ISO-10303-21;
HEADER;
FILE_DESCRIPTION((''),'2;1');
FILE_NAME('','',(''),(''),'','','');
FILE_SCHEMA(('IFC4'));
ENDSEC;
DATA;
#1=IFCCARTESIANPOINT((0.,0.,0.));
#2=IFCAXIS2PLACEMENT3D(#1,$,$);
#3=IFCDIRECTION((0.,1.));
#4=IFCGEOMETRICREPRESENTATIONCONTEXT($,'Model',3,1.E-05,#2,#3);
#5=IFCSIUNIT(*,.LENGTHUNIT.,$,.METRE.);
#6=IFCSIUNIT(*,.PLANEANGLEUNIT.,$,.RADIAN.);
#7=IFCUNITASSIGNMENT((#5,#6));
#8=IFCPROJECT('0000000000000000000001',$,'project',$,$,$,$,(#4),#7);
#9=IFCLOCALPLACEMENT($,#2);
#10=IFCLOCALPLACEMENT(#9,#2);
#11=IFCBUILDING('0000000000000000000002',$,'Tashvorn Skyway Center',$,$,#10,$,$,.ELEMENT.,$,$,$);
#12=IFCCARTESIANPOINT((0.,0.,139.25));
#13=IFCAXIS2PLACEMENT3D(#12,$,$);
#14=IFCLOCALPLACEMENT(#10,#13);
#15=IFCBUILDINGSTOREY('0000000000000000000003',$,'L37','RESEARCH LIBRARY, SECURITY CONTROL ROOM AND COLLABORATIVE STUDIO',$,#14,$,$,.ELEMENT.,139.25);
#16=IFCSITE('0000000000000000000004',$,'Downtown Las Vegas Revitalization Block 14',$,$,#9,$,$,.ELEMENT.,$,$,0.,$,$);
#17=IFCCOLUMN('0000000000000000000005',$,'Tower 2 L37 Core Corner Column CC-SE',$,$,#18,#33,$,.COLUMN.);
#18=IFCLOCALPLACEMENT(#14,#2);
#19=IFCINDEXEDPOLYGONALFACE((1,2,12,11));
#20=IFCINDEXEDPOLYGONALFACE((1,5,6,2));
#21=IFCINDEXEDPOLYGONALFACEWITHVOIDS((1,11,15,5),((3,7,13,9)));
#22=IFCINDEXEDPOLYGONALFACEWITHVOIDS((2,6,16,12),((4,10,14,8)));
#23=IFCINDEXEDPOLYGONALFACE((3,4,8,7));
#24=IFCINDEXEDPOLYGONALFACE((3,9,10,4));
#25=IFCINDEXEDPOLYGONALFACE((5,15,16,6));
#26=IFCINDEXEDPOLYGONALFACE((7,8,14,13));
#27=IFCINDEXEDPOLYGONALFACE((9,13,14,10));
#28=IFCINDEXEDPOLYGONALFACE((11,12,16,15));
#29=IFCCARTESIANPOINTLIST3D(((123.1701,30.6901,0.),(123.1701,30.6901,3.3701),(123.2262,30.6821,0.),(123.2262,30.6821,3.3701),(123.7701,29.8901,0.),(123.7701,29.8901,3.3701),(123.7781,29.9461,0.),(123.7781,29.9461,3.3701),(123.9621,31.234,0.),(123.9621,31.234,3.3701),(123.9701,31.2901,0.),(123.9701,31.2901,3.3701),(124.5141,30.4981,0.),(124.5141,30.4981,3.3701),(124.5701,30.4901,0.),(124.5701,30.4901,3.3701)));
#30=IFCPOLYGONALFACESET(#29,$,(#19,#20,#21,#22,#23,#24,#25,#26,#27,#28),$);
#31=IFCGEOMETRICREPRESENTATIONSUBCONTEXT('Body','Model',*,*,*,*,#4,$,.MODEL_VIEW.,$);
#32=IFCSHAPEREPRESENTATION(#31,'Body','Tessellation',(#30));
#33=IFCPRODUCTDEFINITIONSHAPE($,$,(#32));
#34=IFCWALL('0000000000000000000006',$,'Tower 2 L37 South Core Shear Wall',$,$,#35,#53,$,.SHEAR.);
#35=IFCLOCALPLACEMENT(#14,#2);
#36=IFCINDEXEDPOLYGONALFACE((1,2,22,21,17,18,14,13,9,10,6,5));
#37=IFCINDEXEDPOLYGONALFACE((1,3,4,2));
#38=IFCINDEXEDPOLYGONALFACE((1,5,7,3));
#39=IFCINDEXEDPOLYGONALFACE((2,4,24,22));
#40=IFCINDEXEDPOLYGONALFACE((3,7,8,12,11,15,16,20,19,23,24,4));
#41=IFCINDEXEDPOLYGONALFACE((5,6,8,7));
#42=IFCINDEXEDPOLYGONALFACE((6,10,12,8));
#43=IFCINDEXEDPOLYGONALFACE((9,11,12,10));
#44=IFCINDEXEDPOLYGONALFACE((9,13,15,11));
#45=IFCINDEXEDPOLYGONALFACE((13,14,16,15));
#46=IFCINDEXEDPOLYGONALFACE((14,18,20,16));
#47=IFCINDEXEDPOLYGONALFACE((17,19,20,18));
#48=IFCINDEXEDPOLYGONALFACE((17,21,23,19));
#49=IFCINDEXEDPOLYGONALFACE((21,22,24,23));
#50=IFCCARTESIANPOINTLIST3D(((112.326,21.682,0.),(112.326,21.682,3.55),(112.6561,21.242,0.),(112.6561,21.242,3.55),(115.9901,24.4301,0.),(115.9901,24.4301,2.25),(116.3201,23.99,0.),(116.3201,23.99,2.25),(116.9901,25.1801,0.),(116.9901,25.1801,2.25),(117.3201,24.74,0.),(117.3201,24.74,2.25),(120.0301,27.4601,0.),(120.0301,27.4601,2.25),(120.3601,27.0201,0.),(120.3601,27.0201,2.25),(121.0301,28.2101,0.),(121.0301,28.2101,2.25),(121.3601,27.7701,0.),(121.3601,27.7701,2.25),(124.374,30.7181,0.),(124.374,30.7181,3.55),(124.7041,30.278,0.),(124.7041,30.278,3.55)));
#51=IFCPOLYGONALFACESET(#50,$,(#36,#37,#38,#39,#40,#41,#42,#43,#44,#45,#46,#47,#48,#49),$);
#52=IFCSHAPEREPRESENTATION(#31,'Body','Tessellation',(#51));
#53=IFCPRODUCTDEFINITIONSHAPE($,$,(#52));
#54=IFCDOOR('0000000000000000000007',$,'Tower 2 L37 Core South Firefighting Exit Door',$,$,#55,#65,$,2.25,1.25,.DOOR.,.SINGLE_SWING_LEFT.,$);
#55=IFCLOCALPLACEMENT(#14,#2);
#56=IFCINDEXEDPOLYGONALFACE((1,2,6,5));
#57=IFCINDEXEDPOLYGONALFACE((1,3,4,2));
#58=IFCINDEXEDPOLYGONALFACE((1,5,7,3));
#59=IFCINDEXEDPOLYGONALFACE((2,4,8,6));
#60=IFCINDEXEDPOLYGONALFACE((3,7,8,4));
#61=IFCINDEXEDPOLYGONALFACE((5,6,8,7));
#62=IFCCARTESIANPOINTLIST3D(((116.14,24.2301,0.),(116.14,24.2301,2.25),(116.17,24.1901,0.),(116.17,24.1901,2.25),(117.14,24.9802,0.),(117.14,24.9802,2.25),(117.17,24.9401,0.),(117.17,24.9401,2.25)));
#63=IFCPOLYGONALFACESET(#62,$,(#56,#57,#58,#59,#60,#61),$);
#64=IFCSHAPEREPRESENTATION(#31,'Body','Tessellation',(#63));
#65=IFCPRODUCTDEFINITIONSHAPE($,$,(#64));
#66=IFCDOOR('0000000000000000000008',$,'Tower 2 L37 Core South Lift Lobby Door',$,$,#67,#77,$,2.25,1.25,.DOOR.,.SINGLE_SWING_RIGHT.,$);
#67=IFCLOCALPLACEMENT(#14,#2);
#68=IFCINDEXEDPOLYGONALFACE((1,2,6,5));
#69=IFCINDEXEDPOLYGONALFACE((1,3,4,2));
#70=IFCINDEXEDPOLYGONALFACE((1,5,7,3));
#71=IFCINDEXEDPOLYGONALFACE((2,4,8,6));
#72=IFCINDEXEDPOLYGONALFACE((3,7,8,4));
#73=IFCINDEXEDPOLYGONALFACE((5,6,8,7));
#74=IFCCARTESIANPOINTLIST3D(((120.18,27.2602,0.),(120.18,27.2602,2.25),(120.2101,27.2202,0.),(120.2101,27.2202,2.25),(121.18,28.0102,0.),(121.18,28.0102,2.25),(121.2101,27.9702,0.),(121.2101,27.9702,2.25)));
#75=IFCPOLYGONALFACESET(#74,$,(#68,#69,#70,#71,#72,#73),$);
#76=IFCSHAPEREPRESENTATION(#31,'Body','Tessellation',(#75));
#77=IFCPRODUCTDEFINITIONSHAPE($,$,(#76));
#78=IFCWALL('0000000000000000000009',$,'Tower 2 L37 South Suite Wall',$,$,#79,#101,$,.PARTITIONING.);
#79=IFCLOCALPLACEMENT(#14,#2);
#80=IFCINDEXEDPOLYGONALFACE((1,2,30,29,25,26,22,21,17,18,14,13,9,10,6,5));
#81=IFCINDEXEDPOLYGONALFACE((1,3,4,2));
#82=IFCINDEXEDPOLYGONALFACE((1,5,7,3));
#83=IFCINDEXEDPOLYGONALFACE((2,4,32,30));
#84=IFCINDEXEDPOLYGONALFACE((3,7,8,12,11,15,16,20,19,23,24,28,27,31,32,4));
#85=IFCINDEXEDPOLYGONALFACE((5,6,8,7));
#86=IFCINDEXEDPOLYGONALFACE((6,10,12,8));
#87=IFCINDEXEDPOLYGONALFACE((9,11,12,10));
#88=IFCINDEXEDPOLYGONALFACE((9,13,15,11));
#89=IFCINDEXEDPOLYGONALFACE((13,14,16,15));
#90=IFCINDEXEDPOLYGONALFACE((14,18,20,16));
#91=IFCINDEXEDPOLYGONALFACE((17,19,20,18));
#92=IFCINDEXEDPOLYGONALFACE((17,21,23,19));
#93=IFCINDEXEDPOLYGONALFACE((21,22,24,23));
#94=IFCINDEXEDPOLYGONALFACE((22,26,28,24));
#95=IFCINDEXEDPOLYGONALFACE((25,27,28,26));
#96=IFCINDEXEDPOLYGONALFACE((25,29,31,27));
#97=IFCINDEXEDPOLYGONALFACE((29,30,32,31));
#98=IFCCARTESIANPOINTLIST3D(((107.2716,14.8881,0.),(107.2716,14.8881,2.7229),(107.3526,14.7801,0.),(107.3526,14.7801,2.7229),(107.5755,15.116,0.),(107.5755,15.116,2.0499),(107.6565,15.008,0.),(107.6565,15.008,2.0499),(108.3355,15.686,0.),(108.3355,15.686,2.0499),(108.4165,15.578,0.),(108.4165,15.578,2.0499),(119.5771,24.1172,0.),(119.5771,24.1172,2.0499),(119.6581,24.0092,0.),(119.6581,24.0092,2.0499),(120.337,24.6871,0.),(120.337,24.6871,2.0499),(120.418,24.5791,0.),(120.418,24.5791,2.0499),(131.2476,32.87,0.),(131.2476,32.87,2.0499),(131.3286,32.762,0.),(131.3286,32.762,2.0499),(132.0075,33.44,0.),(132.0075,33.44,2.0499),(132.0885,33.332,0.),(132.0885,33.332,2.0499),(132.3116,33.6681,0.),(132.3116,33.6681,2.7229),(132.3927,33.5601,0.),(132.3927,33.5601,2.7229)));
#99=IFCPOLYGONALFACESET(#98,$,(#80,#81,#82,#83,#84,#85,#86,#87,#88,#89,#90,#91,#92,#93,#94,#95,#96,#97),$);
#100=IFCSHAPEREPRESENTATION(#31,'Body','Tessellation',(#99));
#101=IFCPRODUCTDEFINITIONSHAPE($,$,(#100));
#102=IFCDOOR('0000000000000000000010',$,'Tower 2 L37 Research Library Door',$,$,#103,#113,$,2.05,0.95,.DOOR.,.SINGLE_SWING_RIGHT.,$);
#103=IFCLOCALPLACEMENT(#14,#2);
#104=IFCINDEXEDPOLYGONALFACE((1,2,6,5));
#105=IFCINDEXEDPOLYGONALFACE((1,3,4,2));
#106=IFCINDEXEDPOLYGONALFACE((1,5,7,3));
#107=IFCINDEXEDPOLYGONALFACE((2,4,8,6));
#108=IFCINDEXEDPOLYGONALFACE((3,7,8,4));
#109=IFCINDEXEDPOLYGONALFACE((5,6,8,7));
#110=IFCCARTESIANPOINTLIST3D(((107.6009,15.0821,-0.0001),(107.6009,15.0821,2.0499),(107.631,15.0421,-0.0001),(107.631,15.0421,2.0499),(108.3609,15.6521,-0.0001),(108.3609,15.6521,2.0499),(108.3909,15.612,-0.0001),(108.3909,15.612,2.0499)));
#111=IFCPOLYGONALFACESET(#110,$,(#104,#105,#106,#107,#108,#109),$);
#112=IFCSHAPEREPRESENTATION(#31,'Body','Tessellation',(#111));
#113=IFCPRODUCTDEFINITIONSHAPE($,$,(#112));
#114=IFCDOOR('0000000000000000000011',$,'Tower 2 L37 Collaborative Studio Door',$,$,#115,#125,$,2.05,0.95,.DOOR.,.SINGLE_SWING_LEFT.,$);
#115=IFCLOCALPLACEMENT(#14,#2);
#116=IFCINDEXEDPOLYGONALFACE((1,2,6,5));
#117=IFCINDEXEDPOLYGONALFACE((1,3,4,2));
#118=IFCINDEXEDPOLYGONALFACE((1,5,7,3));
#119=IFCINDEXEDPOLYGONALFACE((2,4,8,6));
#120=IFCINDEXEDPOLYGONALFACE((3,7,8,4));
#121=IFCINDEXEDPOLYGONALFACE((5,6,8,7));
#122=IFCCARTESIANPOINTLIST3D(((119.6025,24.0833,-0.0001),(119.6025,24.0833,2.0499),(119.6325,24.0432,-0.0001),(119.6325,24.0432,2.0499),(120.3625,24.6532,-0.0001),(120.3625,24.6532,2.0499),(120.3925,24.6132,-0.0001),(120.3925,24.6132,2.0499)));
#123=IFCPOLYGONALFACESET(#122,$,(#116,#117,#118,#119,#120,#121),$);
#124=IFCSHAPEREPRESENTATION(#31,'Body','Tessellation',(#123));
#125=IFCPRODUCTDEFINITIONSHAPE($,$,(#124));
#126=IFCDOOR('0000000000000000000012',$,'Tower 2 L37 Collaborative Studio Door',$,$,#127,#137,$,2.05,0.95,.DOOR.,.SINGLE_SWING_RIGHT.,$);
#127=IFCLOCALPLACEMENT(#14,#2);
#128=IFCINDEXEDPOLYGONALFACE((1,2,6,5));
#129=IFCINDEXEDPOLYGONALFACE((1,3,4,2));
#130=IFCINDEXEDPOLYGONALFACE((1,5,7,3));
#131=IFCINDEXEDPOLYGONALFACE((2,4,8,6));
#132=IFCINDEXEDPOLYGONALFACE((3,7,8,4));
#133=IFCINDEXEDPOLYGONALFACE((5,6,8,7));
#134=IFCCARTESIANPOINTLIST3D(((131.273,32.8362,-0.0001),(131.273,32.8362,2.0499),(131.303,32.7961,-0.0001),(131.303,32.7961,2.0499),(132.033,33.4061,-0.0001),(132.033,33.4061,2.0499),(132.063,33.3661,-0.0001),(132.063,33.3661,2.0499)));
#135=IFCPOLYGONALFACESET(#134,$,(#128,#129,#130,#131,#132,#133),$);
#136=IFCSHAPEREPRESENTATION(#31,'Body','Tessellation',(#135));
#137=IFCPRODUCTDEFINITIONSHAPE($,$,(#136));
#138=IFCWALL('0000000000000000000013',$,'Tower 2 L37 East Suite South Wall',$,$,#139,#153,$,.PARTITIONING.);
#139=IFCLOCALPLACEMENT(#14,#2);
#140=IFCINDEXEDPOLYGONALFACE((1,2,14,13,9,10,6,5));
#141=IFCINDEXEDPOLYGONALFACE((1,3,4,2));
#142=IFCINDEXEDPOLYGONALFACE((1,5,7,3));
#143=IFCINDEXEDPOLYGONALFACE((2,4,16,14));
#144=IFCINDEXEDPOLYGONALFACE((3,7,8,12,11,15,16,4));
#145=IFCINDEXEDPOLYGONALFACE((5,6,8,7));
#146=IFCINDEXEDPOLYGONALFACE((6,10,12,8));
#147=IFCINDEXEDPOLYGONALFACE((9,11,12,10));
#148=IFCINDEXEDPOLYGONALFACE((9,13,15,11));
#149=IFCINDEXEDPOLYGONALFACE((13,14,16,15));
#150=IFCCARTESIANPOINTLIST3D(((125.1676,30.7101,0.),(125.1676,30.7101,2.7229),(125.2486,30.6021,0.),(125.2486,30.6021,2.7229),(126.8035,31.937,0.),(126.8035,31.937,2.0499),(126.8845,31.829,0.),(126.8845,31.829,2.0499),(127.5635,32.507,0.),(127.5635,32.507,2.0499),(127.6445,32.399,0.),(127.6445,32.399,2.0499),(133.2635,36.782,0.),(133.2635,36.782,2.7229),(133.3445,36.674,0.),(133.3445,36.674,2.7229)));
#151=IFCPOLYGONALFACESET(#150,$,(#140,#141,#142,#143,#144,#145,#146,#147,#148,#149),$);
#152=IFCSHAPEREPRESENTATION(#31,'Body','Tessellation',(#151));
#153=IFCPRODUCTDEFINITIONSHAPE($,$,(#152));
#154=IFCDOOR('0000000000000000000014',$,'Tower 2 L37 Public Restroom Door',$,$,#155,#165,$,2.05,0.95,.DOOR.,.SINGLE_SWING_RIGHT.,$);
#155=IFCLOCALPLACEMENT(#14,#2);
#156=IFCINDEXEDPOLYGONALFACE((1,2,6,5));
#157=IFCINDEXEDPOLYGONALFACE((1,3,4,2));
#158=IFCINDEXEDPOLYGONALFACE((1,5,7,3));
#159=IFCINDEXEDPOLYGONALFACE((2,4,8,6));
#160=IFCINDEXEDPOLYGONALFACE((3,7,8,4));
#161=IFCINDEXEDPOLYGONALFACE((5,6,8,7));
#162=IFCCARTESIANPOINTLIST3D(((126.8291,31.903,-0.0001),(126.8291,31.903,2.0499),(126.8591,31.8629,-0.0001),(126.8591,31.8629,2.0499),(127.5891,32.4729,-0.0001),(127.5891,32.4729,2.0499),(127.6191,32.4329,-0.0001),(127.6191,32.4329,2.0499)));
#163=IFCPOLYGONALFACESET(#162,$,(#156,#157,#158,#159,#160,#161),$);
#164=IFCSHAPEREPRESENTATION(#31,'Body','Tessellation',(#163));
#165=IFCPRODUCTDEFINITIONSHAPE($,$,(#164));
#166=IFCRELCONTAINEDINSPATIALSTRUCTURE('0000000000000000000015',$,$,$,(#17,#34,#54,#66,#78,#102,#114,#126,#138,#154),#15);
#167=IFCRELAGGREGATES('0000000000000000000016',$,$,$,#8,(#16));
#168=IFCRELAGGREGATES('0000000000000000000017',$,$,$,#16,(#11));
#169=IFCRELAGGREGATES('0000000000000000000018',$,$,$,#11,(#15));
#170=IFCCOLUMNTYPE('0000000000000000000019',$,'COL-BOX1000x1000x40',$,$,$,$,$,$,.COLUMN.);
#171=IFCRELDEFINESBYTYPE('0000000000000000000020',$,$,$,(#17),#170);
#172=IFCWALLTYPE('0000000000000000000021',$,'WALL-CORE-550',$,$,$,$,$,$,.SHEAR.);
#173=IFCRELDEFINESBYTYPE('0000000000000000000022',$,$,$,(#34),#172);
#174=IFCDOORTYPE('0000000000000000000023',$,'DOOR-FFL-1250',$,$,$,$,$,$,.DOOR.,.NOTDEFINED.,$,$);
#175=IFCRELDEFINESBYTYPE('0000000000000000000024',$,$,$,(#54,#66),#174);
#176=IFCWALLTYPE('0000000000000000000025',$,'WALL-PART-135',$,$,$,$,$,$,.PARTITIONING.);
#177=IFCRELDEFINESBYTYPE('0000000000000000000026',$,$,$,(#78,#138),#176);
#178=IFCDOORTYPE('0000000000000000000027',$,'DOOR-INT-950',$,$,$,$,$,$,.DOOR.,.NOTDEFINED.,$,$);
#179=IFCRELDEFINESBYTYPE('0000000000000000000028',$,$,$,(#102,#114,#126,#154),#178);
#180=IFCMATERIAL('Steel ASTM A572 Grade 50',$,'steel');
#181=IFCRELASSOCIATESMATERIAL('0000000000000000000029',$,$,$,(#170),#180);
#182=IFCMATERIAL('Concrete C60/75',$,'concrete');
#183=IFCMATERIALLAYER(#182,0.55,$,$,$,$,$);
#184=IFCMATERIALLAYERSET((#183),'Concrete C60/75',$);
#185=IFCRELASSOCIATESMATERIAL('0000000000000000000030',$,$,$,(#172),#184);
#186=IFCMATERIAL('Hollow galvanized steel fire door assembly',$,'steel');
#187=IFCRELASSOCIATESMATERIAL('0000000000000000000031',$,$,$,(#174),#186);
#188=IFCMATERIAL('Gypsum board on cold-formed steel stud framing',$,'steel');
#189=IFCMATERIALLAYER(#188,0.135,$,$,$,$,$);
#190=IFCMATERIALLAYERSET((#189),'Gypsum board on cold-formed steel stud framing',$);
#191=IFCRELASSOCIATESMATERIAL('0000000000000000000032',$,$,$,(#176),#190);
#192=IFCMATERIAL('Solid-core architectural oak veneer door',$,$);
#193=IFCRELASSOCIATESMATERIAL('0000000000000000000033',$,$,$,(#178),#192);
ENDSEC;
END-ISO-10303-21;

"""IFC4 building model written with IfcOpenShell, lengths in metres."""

from ifc_helpers import new_model, si_unit, direction, frame, frame_2d, origin, origin_2d, place, context, subcontext, project, spatial, rectangle, hollow_rectangle, extrude, material, layer, layer_set, material_profile, profile_set, type_object, element, fill, save


model = new_model("IFC4")

# Units and contexts
model_context = context("Model", 3, precision=1e-05, world=origin(), true_north=direction((0.0, 1.0)))
body_context = subcontext(model_context, "Body", "Model", "MODEL_VIEW")
ifc_project = project(units=[si_unit("LENGTHUNIT", "METRE"), si_unit("PLANEANGLEUNIT", "RADIAN")], contexts=[model_context])

# Site, building, storey
site_placement = place(None, origin())
site = spatial("IfcSite", under=ifc_project, at=site_placement, Name="Downtown Las Vegas Revitalization Block 14", CompositionType="ELEMENT", RefElevation=0.0)
building_placement = place(site_placement, origin())
building = spatial("IfcBuilding", under=site, at=building_placement, Name="Tashvorn Skyway Center", CompositionType="ELEMENT")
storey_placement = place(building_placement, frame((0.0, 0.0, 139.25)))
storey = spatial("IfcBuildingStorey", under=building, at=storey_placement, Name="L37", Description="RESEARCH LIBRARY, SECURITY CONTROL ROOM AND COLLABORATIVE STUDIO", CompositionType="ELEMENT", Elevation=139.25)

# Column
ifc_material_1 = material(Name="Steel ASTM A572 Grade 50", Category="steel")
ifc_material_profile = material_profile(ifc_material_1, hollow_rectangle(XDim=1.0, YDim=1.0, WallThickness=0.04, at=origin_2d()), Name="BOX1000x1000x40")
ifc_profile_set = profile_set([ifc_material_profile], Name="Steel ASTM A572 Grade 50")
column_type = type_object("IfcColumnType", Name="COL-BOX1000x1000x40", PredefinedType="COLUMN", material=ifc_profile_set)
column_placement = place(storey_placement, frame((123.8701, 30.5901, 0.0), z_axis=(0.0, 0.0, 1.0), x_axis=(0.8, 0.6, 0.0)))
element("IfcColumn", 1, at=column_placement, inside=storey, type_object=column_type, Name="Tower 2 L37 Core Corner Column CC-SE", PredefinedType="COLUMN", context=body_context, shape_type="SweptSolid", body=[
    extrude(hollow_rectangle(XDim=1.0, YDim=1.0, WallThickness=0.04, at=origin_2d()), origin(), (0.0, 0.0, 1.0), 3.3701),
])

# Walls, openings, doors
ifc_material_2 = material(Name="Concrete C60/75", Category="concrete")
ifc_layer_1 = layer(ifc_material_2, 0.55)
ifc_layer_set_1 = layer_set([ifc_layer_1], Name="Concrete C60/75")
wall_type_1 = type_object("IfcWallType", Name="WALL-CORE-550", PredefinedType="SHEAR", material=ifc_layer_set_1)
wall_1_placement = place(storey_placement, frame((124.5391, 30.498, 0.0), z_axis=(0.0, 0.0, 1.0), x_axis=(-0.799998, -0.600003, 0.0)))
wall_1 = element("IfcWall", 2, at=wall_1_placement, inside=storey, type_object=wall_type_1, Name="Tower 2 L37 South Core Shear Wall", PredefinedType="SHEAR", context=body_context, shape_type="SweptSolid", body=[
    extrude(rectangle(XDim=15.0601, YDim=0.55, at=frame_2d((7.53, 0.0))), origin(), (0.0, 0.0, 1.0), 3.55),
])
opening_1_placement = place(wall_1_placement, frame((9.23, 0.0, 0.0)))
opening_1 = element("IfcOpeningElement", 3, at=opening_1_placement, cuts=wall_1, PredefinedType="OPENING", context=body_context, shape_type="SweptSolid", body=[
    extrude(rectangle(XDim=1.25, YDim=2.25, at=frame_2d((0.625, 1.125))), frame((0.0, 0.2849, 0.0), z_axis=(0.0, -1.0, 0.0), x_axis=(1.0, 0.0, 0.0)), (0.0, 0.0, 1.0), 0.5701),
])
opening_2_placement = place(wall_1_placement, frame((4.1799, 0.0, 0.0)))
opening_2 = element("IfcOpeningElement", 4, at=opening_2_placement, cuts=wall_1, PredefinedType="OPENING", context=body_context, shape_type="SweptSolid", body=[
    extrude(rectangle(XDim=1.25, YDim=2.25, at=frame_2d((0.625, 1.125))), frame((0.0, 0.2849, 0.0), z_axis=(0.0, -1.0, 0.0), x_axis=(1.0, 0.0, 0.0)), (0.0, 0.0, 1.0), 0.5701),
])
ifc_material_3 = material(Name="Hollow galvanized steel fire door assembly", Category="steel")
door_type_1 = type_object("IfcDoorType", Name="DOOR-FFL-1250", OperationType="NOTDEFINED", PredefinedType="DOOR", material=ifc_material_3)
door_1_placement = place(opening_1_placement, origin())
door_1 = element("IfcDoor", 5, at=door_1_placement, inside=storey, type_object=door_type_1, Name="Tower 2 L37 Core South Firefighting Exit Door", OperationType="SINGLE_SWING_LEFT", OverallHeight=2.25, OverallWidth=1.25, PredefinedType="DOOR", context=body_context, shape_type="SweptSolid", body=[
    extrude(rectangle(XDim=1.25, YDim=2.25, at=frame_2d((0.625, 1.125))), frame((0.0, 0.0249, 0.0), z_axis=(0.0, -1.0, 0.0), x_axis=(1.0, 0.0, 0.0)), (0.0, 0.0, 1.0), 0.05),
])
fill(opening_1, door_1)
door_2_placement = place(opening_2_placement, origin())
door_2 = element("IfcDoor", 6, at=door_2_placement, inside=storey, type_object=door_type_1, Name="Tower 2 L37 Core South Lift Lobby Door", OperationType="SINGLE_SWING_RIGHT", OverallHeight=2.25, OverallWidth=1.25, PredefinedType="DOOR", context=body_context, shape_type="SweptSolid", body=[
    extrude(rectangle(XDim=1.25, YDim=2.25, at=frame_2d((0.625, 1.125))), frame((0.0, 0.0249, 0.0), z_axis=(0.0, -1.0, 0.0), x_axis=(1.0, 0.0, 0.0)), (0.0, 0.0, 1.0), 0.05),
])
fill(opening_2, door_2)
ifc_material_4 = material(Name="Gypsum board on cold-formed steel stud framing", Category="steel")
ifc_layer_2 = layer(ifc_material_4, 0.135)
ifc_layer_set_2 = layer_set([ifc_layer_2], Name="Gypsum board on cold-formed steel stud framing")
wall_type_2 = type_object("IfcWallType", Name="WALL-PART-135", PredefinedType="PARTITIONING", material=ifc_layer_set_2)
wall_2_placement = place(storey_placement, frame((132.3521, 33.614, 0.0), z_axis=(0.0, 0.0, 1.0), x_axis=(-0.8, -0.6, 0.0)))
wall_2 = element("IfcWall", 7, at=wall_2_placement, inside=storey, type_object=wall_type_2, Name="Tower 2 L37 South Suite Wall", PredefinedType="PARTITIONING", context=body_context, shape_type="SweptSolid", body=[
    extrude(rectangle(XDim=31.3, YDim=0.135, at=frame_2d((15.6499, 0.0))), origin(), (0.0, 0.0, 1.0), 2.7229),
])
opening_3_placement = place(wall_2_placement, frame((29.97, 0.0, 0.0)))
opening_3 = element("IfcOpeningElement", 8, at=opening_3_placement, cuts=wall_2, PredefinedType="OPENING", context=body_context, shape_type="SweptSolid", body=[
    extrude(rectangle(XDim=0.95, YDim=2.05, at=frame_2d((0.4751, 1.0249))), frame((0.0, 0.0774, 0.0), z_axis=(0.0, -1.0, 0.0), x_axis=(1.0, 0.0, 0.0)), (0.0, 0.0, 1.0), 0.155),
])
opening_4_placement = place(wall_2_placement, frame((14.968, 0.0, 0.0)))
opening_4 = element("IfcOpeningElement", 9, at=opening_4_placement, cuts=wall_2, PredefinedType="OPENING", context=body_context, shape_type="SweptSolid", body=[
    extrude(rectangle(XDim=0.95, YDim=2.05, at=frame_2d((0.4751, 1.0249))), frame((0.0, 0.0774, 0.0), z_axis=(0.0, -1.0, 0.0), x_axis=(1.0, 0.0, 0.0)), (0.0, 0.0, 1.0), 0.155),
])
opening_5_placement = place(wall_2_placement, frame((0.3799, 0.0, 0.0)))
opening_5 = element("IfcOpeningElement", 10, at=opening_5_placement, cuts=wall_2, PredefinedType="OPENING", context=body_context, shape_type="SweptSolid", body=[
    extrude(rectangle(XDim=0.95, YDim=2.05, at=frame_2d((0.4751, 1.0249))), frame((0.0, 0.0774, 0.0), z_axis=(0.0, -1.0, 0.0), x_axis=(1.0, 0.0, 0.0)), (0.0, 0.0, 1.0), 0.155),
])
ifc_material_5 = material(Name="Solid-core architectural oak veneer door")
door_type_2 = type_object("IfcDoorType", Name="DOOR-INT-950", OperationType="NOTDEFINED", PredefinedType="DOOR", material=ifc_material_5)
door_3_placement = place(opening_3_placement, origin())
door_3 = element("IfcDoor", 11, at=door_3_placement, inside=storey, type_object=door_type_2, Name="Tower 2 L37 Research Library Door", OperationType="SINGLE_SWING_RIGHT", OverallHeight=2.05, OverallWidth=0.95, PredefinedType="DOOR", context=body_context, shape_type="SweptSolid", body=[
    extrude(rectangle(XDim=0.95, YDim=2.05, at=frame_2d((0.4751, 1.0249))), frame((0.0, 0.0249, 0.0), z_axis=(0.0, -1.0, 0.0), x_axis=(1.0, 0.0, 0.0)), (0.0, 0.0, 1.0), 0.05),
])
fill(opening_3, door_3)
door_4_placement = place(opening_4_placement, origin())
door_4 = element("IfcDoor", 12, at=door_4_placement, inside=storey, type_object=door_type_2, Name="Tower 2 L37 Collaborative Studio Door", OperationType="SINGLE_SWING_LEFT", OverallHeight=2.05, OverallWidth=0.95, PredefinedType="DOOR", context=body_context, shape_type="SweptSolid", body=[
    extrude(rectangle(XDim=0.95, YDim=2.05, at=frame_2d((0.4751, 1.0249))), frame((0.0, 0.0249, 0.0), z_axis=(0.0, -1.0, 0.0), x_axis=(1.0, 0.0, 0.0)), (0.0, 0.0, 1.0), 0.05),
])
fill(opening_4, door_4)
door_5_placement = place(opening_5_placement, origin())
door_5 = element("IfcDoor", 13, at=door_5_placement, inside=storey, type_object=door_type_2, Name="Tower 2 L37 Collaborative Studio Door", OperationType="SINGLE_SWING_RIGHT", OverallHeight=2.05, OverallWidth=0.95, PredefinedType="DOOR", context=body_context, shape_type="SweptSolid", body=[
    extrude(rectangle(XDim=0.95, YDim=2.05, at=frame_2d((0.4751, 1.0249))), frame((0.0, 0.0249, 0.0), z_axis=(0.0, -1.0, 0.0), x_axis=(1.0, 0.0, 0.0)), (0.0, 0.0, 1.0), 0.05),
])
fill(opening_5, door_5)

# Wall, opening, door
wall_3_placement = place(storey_placement, frame((125.208, 30.656, 0.0), z_axis=(0.0, 0.0, 1.0), x_axis=(0.799997, 0.600004, 0.0)))
wall_3 = element("IfcWall", 14, at=wall_3_placement, inside=storey, type_object=wall_type_2, Name="Tower 2 L37 East Suite South Wall", PredefinedType="PARTITIONING", context=body_context, shape_type="SweptSolid", body=[
    extrude(rectangle(XDim=10.1199, YDim=0.135, at=frame_2d((5.0601, 0.0))), origin(), (0.0, 0.0, 1.0), 2.7229),
])
opening_6_placement = place(wall_3_placement, frame((2.0449, 0.0, 0.0)))
opening_6 = element("IfcOpeningElement", 15, at=opening_6_placement, cuts=wall_3, PredefinedType="OPENING", context=body_context, shape_type="SweptSolid", body=[
    extrude(rectangle(XDim=0.95, YDim=2.05, at=frame_2d((0.4751, 1.0249))), frame((0.0, 0.0774, 0.0), z_axis=(0.0, -1.0, 0.0), x_axis=(1.0, 0.0, 0.0)), (0.0, 0.0, 1.0), 0.155),
])
door_6_placement = place(opening_6_placement, origin())
door_6 = element("IfcDoor", 16, at=door_6_placement, inside=storey, type_object=door_type_2, Name="Tower 2 L37 Public Restroom Door", OperationType="SINGLE_SWING_RIGHT", OverallHeight=2.05, OverallWidth=0.95, PredefinedType="DOOR", context=body_context, shape_type="SweptSolid", body=[
    extrude(rectangle(XDim=0.95, YDim=2.05, at=frame_2d((0.4751, 1.0249))), frame((0.0, 0.0249, 0.0), z_axis=(0.0, -1.0, 0.0), x_axis=(1.0, 0.0, 0.0)), (0.0, 0.0, 1.0), 0.05),
])
fill(opening_6, door_6)

save(model, "model.ifc")
